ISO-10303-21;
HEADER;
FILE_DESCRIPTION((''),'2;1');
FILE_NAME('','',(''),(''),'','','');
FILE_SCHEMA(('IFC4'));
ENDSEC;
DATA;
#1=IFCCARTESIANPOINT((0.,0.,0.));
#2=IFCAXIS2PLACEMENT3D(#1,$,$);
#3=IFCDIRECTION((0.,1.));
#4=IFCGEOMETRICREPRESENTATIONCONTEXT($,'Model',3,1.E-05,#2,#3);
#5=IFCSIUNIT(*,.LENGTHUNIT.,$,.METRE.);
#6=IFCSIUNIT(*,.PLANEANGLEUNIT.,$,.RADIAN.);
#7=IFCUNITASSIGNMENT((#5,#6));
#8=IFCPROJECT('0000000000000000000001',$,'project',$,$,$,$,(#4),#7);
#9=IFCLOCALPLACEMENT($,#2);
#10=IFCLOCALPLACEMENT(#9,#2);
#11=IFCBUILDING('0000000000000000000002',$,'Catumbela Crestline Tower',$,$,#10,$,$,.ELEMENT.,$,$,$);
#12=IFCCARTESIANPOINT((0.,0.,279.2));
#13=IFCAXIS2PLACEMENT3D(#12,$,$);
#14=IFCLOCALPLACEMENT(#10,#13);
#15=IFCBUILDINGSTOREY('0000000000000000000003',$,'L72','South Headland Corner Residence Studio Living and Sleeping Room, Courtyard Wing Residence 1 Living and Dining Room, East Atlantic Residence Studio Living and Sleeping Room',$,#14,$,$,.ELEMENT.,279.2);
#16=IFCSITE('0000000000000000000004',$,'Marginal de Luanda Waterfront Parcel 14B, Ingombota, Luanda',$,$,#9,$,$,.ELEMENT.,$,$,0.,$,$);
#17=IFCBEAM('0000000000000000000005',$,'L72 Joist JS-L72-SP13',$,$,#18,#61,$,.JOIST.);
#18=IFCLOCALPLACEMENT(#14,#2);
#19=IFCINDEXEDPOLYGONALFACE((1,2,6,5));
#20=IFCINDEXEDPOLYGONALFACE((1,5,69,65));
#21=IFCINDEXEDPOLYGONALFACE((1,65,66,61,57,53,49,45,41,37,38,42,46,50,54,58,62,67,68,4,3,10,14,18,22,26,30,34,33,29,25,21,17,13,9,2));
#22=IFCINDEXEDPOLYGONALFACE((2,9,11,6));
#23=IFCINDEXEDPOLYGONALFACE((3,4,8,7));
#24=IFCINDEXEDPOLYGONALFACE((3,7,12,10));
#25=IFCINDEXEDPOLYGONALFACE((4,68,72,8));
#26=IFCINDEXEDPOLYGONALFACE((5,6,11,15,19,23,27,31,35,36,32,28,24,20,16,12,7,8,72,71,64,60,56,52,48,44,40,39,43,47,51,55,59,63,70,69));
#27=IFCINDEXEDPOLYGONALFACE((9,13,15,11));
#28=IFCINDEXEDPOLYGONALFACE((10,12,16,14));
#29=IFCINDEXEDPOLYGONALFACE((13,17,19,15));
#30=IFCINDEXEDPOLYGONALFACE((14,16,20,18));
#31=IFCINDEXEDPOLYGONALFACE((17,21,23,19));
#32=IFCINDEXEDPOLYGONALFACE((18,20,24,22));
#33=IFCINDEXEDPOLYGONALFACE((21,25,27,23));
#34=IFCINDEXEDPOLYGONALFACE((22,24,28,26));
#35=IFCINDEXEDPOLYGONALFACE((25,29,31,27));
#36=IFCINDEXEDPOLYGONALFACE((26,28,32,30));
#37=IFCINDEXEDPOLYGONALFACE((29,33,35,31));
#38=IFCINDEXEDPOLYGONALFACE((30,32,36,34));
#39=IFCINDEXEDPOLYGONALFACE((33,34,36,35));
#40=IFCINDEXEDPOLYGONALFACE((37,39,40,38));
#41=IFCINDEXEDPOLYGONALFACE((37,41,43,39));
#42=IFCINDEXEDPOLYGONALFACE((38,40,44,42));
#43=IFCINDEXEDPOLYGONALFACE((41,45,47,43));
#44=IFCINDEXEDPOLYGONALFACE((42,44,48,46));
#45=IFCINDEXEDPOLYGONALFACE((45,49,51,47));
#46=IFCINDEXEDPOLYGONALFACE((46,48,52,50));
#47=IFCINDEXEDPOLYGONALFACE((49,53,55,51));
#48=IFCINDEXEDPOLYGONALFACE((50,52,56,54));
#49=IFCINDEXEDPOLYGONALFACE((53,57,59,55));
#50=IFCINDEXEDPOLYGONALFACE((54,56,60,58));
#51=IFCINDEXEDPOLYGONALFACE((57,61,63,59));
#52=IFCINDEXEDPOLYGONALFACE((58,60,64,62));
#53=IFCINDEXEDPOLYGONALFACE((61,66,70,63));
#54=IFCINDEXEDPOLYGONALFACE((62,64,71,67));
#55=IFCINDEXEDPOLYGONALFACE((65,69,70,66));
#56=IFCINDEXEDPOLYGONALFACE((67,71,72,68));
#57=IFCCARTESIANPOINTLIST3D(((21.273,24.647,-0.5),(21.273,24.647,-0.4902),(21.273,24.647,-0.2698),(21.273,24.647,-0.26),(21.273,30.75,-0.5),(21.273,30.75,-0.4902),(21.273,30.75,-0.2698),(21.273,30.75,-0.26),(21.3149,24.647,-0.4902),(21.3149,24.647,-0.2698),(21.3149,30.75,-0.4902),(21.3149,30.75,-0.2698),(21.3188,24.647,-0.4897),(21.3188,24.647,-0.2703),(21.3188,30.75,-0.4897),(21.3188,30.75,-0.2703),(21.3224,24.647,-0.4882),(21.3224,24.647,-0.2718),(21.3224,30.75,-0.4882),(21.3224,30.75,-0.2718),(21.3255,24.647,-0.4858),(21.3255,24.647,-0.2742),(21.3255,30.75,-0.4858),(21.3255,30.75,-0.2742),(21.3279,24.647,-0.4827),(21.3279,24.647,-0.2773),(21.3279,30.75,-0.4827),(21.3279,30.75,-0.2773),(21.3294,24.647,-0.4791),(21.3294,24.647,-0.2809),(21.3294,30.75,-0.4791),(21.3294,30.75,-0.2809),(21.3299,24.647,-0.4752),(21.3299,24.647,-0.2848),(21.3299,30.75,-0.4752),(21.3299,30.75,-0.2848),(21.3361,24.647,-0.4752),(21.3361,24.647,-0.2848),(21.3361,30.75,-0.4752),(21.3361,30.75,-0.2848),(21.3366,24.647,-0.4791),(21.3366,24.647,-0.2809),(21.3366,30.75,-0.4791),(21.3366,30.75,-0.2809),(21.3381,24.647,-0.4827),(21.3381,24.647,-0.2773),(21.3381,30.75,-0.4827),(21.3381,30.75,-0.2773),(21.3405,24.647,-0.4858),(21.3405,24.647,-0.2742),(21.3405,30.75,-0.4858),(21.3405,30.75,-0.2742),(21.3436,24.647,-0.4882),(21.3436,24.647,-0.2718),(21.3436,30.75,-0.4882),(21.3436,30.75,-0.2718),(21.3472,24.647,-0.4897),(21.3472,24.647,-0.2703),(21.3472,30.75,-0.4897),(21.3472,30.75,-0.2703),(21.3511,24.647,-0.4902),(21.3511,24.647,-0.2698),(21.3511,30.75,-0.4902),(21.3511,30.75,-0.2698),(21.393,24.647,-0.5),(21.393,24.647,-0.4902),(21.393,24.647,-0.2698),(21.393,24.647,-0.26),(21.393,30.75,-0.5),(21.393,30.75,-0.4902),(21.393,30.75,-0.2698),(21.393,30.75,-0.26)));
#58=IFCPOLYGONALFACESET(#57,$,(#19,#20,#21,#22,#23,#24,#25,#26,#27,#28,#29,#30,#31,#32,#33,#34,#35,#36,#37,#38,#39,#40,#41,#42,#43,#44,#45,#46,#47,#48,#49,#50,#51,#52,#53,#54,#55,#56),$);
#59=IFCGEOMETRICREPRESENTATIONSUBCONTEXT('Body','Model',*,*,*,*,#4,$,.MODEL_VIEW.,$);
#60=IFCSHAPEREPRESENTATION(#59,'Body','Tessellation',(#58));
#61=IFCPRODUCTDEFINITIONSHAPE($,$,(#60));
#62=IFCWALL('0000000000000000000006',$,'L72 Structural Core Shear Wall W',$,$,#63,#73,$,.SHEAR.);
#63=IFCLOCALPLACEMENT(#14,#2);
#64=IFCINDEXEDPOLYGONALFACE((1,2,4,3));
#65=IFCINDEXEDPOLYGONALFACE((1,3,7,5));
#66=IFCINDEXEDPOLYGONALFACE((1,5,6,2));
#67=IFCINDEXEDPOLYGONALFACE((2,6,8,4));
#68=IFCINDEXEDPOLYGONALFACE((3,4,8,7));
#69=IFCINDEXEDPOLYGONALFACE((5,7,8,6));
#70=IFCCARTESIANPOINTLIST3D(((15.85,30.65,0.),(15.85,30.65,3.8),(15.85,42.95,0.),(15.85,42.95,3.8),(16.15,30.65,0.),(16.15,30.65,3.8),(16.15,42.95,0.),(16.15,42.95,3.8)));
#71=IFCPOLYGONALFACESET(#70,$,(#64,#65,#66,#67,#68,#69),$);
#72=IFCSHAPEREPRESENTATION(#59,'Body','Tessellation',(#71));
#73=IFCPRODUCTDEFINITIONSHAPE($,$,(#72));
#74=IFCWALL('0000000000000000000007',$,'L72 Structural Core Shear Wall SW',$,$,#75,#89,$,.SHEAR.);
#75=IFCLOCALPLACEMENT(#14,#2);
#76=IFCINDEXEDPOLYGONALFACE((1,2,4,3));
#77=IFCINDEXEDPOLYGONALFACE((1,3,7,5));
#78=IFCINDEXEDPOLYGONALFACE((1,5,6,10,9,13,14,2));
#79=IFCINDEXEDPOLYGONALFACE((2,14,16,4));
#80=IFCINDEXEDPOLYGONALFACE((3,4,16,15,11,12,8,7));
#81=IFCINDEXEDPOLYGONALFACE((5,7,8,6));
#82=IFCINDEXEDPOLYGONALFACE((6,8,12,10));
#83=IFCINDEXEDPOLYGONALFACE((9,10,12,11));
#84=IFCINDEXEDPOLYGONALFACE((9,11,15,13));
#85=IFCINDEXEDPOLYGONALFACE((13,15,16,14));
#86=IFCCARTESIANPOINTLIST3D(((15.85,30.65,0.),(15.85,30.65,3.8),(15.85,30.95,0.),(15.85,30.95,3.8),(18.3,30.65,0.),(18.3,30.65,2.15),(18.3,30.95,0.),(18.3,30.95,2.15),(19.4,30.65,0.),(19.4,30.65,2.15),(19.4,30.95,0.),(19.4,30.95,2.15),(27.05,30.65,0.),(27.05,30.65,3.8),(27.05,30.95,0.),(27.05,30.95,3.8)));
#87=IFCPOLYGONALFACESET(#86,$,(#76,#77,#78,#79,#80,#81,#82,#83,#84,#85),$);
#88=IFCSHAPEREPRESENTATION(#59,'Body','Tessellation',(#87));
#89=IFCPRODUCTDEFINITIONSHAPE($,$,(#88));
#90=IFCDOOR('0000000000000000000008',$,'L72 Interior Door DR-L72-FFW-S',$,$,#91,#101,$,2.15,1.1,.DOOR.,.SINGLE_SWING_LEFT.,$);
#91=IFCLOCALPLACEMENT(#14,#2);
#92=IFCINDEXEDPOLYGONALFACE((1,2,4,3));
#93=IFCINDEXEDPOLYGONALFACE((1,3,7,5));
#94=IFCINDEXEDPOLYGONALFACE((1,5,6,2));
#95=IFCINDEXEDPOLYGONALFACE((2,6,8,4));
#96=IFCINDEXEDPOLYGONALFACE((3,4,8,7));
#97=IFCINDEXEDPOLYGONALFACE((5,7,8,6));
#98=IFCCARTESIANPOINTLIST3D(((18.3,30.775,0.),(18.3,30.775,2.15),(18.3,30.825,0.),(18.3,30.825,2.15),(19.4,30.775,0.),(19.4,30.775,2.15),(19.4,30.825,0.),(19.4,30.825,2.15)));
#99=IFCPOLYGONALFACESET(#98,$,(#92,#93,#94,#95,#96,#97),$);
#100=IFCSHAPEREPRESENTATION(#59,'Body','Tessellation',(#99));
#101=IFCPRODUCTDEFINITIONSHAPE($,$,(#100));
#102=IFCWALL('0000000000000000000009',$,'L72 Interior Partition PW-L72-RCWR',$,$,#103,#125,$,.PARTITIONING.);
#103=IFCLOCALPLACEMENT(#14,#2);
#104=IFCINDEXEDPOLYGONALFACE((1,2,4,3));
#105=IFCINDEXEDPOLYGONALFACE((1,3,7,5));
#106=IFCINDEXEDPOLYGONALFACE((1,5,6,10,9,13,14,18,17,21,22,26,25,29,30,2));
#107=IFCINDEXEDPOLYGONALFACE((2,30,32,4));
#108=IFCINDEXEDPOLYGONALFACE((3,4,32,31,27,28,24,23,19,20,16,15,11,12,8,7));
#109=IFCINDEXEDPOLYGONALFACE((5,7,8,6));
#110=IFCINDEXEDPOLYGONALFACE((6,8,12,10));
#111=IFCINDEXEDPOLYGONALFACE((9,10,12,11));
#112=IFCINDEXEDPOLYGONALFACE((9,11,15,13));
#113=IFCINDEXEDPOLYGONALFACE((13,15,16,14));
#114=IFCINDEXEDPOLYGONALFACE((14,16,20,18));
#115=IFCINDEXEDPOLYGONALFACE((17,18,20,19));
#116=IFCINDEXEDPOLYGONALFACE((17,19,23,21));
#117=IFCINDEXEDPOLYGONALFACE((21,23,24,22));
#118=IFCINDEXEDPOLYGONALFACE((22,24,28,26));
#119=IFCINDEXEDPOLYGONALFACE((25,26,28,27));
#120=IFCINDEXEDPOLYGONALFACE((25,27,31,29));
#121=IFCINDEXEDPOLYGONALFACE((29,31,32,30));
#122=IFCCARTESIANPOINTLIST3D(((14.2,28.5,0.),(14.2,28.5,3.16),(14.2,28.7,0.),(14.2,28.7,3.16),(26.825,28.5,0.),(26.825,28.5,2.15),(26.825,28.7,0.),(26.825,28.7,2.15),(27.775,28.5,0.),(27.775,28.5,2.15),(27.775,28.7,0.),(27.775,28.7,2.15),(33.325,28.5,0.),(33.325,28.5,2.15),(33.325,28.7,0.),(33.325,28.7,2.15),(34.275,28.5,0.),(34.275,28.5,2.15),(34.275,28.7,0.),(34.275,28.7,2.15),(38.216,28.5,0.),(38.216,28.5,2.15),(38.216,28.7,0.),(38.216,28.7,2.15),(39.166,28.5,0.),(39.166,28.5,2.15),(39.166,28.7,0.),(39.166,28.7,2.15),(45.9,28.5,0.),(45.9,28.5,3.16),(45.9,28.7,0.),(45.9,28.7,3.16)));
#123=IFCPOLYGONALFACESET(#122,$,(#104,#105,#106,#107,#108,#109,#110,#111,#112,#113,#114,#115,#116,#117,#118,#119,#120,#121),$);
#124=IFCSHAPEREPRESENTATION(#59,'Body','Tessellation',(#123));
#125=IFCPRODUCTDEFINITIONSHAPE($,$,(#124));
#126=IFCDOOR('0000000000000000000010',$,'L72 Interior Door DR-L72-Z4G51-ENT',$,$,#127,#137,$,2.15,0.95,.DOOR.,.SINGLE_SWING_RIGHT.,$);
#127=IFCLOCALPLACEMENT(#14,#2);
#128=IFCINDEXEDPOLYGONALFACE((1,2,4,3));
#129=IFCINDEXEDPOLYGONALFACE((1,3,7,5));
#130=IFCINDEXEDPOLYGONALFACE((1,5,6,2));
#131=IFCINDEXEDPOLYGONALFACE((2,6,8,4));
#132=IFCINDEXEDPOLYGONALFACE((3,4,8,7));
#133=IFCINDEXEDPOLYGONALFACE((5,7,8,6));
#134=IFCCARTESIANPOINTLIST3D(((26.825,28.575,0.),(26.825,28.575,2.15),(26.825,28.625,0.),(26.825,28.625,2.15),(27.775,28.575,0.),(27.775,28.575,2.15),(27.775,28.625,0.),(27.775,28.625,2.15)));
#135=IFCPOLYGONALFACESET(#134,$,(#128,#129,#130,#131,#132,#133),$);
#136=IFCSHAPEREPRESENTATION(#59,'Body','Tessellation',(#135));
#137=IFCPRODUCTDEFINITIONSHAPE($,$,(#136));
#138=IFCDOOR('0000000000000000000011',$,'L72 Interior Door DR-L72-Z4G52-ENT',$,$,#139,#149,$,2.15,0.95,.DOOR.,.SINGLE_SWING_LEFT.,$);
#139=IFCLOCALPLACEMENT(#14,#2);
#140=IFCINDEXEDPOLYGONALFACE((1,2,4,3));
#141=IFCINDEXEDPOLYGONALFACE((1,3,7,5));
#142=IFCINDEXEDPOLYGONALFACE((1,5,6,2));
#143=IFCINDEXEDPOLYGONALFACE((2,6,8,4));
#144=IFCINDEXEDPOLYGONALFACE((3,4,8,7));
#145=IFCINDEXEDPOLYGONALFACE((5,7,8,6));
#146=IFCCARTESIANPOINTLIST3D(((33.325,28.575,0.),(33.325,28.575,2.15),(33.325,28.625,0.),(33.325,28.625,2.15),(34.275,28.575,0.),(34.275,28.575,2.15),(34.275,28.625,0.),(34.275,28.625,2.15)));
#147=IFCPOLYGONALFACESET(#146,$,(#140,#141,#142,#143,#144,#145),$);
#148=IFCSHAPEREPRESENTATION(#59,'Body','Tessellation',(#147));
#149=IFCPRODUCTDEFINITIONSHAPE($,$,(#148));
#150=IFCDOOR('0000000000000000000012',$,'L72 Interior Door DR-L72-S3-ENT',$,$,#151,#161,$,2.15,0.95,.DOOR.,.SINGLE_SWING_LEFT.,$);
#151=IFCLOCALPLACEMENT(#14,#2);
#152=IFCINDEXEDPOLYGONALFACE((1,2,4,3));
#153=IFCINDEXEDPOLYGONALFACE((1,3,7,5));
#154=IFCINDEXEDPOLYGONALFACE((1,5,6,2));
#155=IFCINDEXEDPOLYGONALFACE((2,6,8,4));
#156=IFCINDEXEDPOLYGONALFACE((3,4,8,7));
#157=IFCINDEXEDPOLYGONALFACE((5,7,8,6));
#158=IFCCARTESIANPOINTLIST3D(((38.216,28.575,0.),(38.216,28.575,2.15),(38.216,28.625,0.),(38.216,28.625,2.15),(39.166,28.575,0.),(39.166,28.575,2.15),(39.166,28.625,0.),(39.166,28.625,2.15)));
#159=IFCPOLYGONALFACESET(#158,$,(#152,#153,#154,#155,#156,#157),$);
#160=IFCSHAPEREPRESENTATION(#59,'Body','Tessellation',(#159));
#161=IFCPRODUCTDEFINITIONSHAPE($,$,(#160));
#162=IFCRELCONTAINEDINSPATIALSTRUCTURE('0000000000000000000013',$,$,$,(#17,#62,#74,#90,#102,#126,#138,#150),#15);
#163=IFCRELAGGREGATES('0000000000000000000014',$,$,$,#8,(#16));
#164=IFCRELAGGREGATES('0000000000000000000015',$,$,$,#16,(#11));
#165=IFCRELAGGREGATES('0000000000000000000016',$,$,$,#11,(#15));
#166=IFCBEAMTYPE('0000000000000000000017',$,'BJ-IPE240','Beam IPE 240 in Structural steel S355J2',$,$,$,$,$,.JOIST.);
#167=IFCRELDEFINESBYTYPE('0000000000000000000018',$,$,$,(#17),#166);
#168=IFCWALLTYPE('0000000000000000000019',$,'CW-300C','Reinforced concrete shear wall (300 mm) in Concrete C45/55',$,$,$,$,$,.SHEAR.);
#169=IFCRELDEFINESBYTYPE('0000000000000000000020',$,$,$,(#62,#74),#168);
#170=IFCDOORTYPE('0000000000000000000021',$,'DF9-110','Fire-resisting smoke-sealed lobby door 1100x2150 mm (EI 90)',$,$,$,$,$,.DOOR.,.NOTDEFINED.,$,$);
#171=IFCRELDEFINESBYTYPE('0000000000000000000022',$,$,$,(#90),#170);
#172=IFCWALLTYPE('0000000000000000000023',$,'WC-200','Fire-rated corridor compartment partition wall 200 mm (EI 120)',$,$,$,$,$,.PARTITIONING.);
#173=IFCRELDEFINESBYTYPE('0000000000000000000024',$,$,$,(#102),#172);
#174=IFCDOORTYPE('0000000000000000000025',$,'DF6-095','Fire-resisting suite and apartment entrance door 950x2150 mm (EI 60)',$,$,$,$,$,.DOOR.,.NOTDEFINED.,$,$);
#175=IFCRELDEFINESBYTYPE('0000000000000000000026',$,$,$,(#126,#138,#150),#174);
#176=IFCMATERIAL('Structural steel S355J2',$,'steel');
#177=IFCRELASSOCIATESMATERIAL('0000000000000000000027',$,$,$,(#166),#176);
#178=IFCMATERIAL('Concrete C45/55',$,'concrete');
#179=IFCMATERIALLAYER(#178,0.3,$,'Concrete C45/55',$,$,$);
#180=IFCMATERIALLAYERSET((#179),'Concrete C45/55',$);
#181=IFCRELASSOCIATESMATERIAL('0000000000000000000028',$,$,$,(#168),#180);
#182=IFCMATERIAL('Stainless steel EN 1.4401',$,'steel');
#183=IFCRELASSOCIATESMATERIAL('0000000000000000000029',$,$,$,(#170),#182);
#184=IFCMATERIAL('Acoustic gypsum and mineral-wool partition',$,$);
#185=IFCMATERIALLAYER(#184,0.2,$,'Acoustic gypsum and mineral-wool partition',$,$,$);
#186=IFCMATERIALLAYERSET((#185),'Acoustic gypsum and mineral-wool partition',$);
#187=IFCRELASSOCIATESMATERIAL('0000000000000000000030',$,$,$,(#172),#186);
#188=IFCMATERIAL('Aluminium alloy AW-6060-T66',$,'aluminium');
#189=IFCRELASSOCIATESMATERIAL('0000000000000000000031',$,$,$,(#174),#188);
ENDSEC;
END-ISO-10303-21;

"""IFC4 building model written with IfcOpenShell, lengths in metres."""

from ifc_helpers import new_model, si_unit, direction, frame, frame_2d, origin, origin_2d, place, context, subcontext, project, spatial, rectangle, i_section, extrude, material, layer, layer_set, material_profile, profile_set, type_object, element, fill, save


model = new_model("IFC4")

# Units and contexts
model_context = context("Model", 3, precision=1e-05, world=origin(), true_north=direction((0.0, 1.0)))
body_context = subcontext(model_context, "Body", "Model", "MODEL_VIEW")
ifc_project = project(units=[si_unit("LENGTHUNIT", "METRE"), si_unit("PLANEANGLEUNIT", "RADIAN")], contexts=[model_context])

# Site, building, storey
site_placement = place(None, origin())
site = spatial("IfcSite", under=ifc_project, at=site_placement, Name="Marginal de Luanda Waterfront Parcel 14B, Ingombota, Luanda", CompositionType="ELEMENT", RefElevation=0.0)
building_placement = place(site_placement, origin())
building = spatial("IfcBuilding", under=site, at=building_placement, Name="Catumbela Crestline Tower", CompositionType="ELEMENT")
storey_placement = place(building_placement, frame((0.0, 0.0, 279.2)))
storey = spatial("IfcBuildingStorey", under=building, at=storey_placement, Name="L72", Description="South Headland Corner Residence Studio Living and Sleeping Room, Courtyard Wing Residence 1 Living and Dining Room, East Atlantic Residence Studio Living and Sleeping Room", CompositionType="ELEMENT", Elevation=279.2)

# Shared definitions
ifc_material_1 = material(Name="Concrete C45/55", Category="concrete")

# Beam
ifc_material_2 = material(Name="Structural steel S355J2", Category="steel")
ifc_material_profile_1 = material_profile(ifc_material_2, i_section(OverallWidth=0.12, OverallDepth=0.24, WebThickness=0.0062, FlangeThickness=0.0098, FilletRadius=0.015, at=origin_2d()), Name="IPE 240")
ifc_profile_set_1 = profile_set([ifc_material_profile_1], Name="Structural steel S355J2")
beam_type_1 = type_object("IfcBeamType", Name="BJ-IPE240", Description="Beam IPE 240 in Structural steel S355J2", PredefinedType="JOIST", material=ifc_profile_set_1)
for number, where, z_axis, x_axis, name in (
    (1, (21.333, 24.647, -0.38), (0.0, 1.0, 0.0), (-1.0, 0.0, 0.0), "L72 Joist JS-L72-SP13"),
):
    element("IfcBeam", number, at=place(storey_placement, frame(where, z_axis=z_axis, x_axis=x_axis)), inside=storey, type_object=beam_type_1, Name=name, PredefinedType="JOIST", context=body_context, shape_type="SweptSolid", body=[
        extrude(i_section(OverallWidth=0.12, OverallDepth=0.24, WebThickness=0.0062, FlangeThickness=0.0098, FilletRadius=0.015, at=origin_2d()), origin(), (0.0, 0.0, 1.0), 6.103),
    ])

# Wall
ifc_layer_1 = layer(ifc_material_1, 0.3, Name="Concrete C45/55")
ifc_layer_set_1 = layer_set([ifc_layer_1], Name="Concrete C45/55")
wall_type_1 = type_object("IfcWallType", Name="CW-300C", Description="Reinforced concrete shear wall (300 mm) in Concrete C45/55", PredefinedType="SHEAR", material=ifc_layer_set_1)
wall_1_placement = place(storey_placement, frame((16.0, 30.65, 0.0), z_axis=(0.0, 0.0, 1.0), x_axis=(0.0, 1.0, 0.0)))
element("IfcWall", 2, at=wall_1_placement, inside=storey, type_object=wall_type_1, Name="L72 Structural Core Shear Wall W", PredefinedType="SHEAR", context=body_context, shape_type="SweptSolid", body=[
    extrude(rectangle(XDim=12.3, YDim=0.3, at=frame_2d((6.15, 0.0))), origin(), (0.0, 0.0, 1.0), 3.8),
])

# Wall, opening, door
wall_2_placement = place(storey_placement, frame((15.85, 30.8, 0.0), z_axis=(0.0, 0.0, 1.0), x_axis=(1.0, 0.0, 0.0)))
wall_2 = element("IfcWall", 3, at=wall_2_placement, inside=storey, type_object=wall_type_1, Name="L72 Structural Core Shear Wall SW", PredefinedType="SHEAR", context=body_context, shape_type="SweptSolid", body=[
    extrude(rectangle(XDim=11.2, YDim=0.3, at=frame_2d((5.6, 0.0))), origin(), (0.0, 0.0, 1.0), 3.8),
])
opening_1_placement = place(wall_2_placement, frame((2.45, 0.0, 0.0)))
opening_1 = element("IfcOpeningElement", 4, at=opening_1_placement, cuts=wall_2, PredefinedType="OPENING", context=body_context, shape_type="SweptSolid", body=[
    extrude(rectangle(XDim=1.1, YDim=2.15, at=frame_2d((0.55, 1.075))), frame((0.0, 0.16, 0.0), z_axis=(0.0, -1.0, 0.0), x_axis=(1.0, 0.0, 0.0)), (0.0, 0.0, 1.0), 0.32),
])
ifc_material_3 = material(Name="Stainless steel EN 1.4401", Category="steel")
door_type_1 = type_object("IfcDoorType", Name="DF9-110", Description="Fire-resisting smoke-sealed lobby door 1100x2150 mm (EI 90)", OperationType="NOTDEFINED", PredefinedType="DOOR", material=ifc_material_3)
door_1_placement = place(opening_1_placement, origin())
door_1 = element("IfcDoor", 5, at=door_1_placement, inside=storey, type_object=door_type_1, Name="L72 Interior Door DR-L72-FFW-S", OperationType="SINGLE_SWING_LEFT", OverallHeight=2.15, OverallWidth=1.1, PredefinedType="DOOR", context=body_context, shape_type="SweptSolid", body=[
    extrude(rectangle(XDim=1.1, YDim=2.15, at=frame_2d((0.55, 1.075))), frame((0.0, 0.025, 0.0), z_axis=(0.0, -1.0, 0.0), x_axis=(1.0, 0.0, 0.0)), (0.0, 0.0, 1.0), 0.05),
])
fill(opening_1, door_1)

# Wall, openings, doors
ifc_material_4 = material(Name="Acoustic gypsum and mineral-wool partition")
ifc_layer_2 = layer(ifc_material_4, 0.2, Name="Acoustic gypsum and mineral-wool partition")
ifc_layer_set_2 = layer_set([ifc_layer_2], Name="Acoustic gypsum and mineral-wool partition")
wall_type_2 = type_object("IfcWallType", Name="WC-200", Description="Fire-rated corridor compartment partition wall 200 mm (EI 120)", PredefinedType="PARTITIONING", material=ifc_layer_set_2)
wall_3_placement = place(storey_placement, frame((14.2, 28.6, 0.0), z_axis=(0.0, 0.0, 1.0), x_axis=(1.0, 0.0, 0.0)))
wall_3 = element("IfcWall", 6, at=wall_3_placement, inside=storey, type_object=wall_type_2, Name="L72 Interior Partition PW-L72-RCWR", PredefinedType="PARTITIONING", context=body_context, shape_type="SweptSolid", body=[
    extrude(rectangle(XDim=31.7, YDim=0.2, at=frame_2d((15.85, 0.0))), origin(), (0.0, 0.0, 1.0), 3.16),
])
opening_2_placement = place(wall_3_placement, frame((12.625, 0.0, 0.0)))
opening_2 = element("IfcOpeningElement", 7, at=opening_2_placement, cuts=wall_3, PredefinedType="OPENING", context=body_context, shape_type="SweptSolid", body=[
    extrude(rectangle(XDim=0.95, YDim=2.15, at=frame_2d((0.475, 1.075))), frame((0.0, 0.11, 0.0), z_axis=(0.0, -1.0, 0.0), x_axis=(1.0, 0.0, 0.0)), (0.0, 0.0, 1.0), 0.22),
])
opening_3_placement = place(wall_3_placement, frame((19.125, 0.0, 0.0)))
opening_3 = element("IfcOpeningElement", 8, at=opening_3_placement, cuts=wall_3, PredefinedType="OPENING", context=body_context, shape_type="SweptSolid", body=[
    extrude(rectangle(XDim=0.95, YDim=2.15, at=frame_2d((0.475, 1.075))), frame((0.0, 0.11, 0.0), z_axis=(0.0, -1.0, 0.0), x_axis=(1.0, 0.0, 0.0)), (0.0, 0.0, 1.0), 0.22),
])
opening_4_placement = place(wall_3_placement, frame((24.016, 0.0, 0.0)))
opening_4 = element("IfcOpeningElement", 9, at=opening_4_placement, cuts=wall_3, PredefinedType="OPENING", context=body_context, shape_type="SweptSolid", body=[
    extrude(rectangle(XDim=0.95, YDim=2.15, at=frame_2d((0.475, 1.075))), frame((0.0, 0.11, 0.0), z_axis=(0.0, -1.0, 0.0), x_axis=(1.0, 0.0, 0.0)), (0.0, 0.0, 1.0), 0.22),
])
ifc_material_5 = material(Name="Aluminium alloy AW-6060-T66", Category="aluminium")
door_type_2 = type_object("IfcDoorType", Name="DF6-095", Description="Fire-resisting suite and apartment entrance door 950x2150 mm (EI 60)", OperationType="NOTDEFINED", PredefinedType="DOOR", material=ifc_material_5)
door_2_placement = place(opening_2_placement, origin())
door_2 = element("IfcDoor", 10, at=door_2_placement, inside=storey, type_object=door_type_2, Name="L72 Interior Door DR-L72-Z4G51-ENT", OperationType="SINGLE_SWING_RIGHT", OverallHeight=2.15, OverallWidth=0.95, PredefinedType="DOOR", context=body_context, shape_type="SweptSolid", body=[
    extrude(rectangle(XDim=0.95, YDim=2.15, at=frame_2d((0.475, 1.075))), frame((0.0, 0.025, 0.0), z_axis=(0.0, -1.0, 0.0), x_axis=(1.0, 0.0, 0.0)), (0.0, 0.0, 1.0), 0.05),
])
fill(opening_2, door_2)
door_3_placement = place(opening_3_placement, origin())
door_3 = element("IfcDoor", 11, at=door_3_placement, inside=storey, type_object=door_type_2, Name="L72 Interior Door DR-L72-Z4G52-ENT", OperationType="SINGLE_SWING_LEFT", OverallHeight=2.15, OverallWidth=0.95, PredefinedType="DOOR", context=body_context, shape_type="SweptSolid", body=[
    extrude(rectangle(XDim=0.95, YDim=2.15, at=frame_2d((0.475, 1.075))), frame((0.0, 0.025, 0.0), z_axis=(0.0, -1.0, 0.0), x_axis=(1.0, 0.0, 0.0)), (0.0, 0.0, 1.0), 0.05),
])
fill(opening_3, door_3)
door_4_placement = place(opening_4_placement, origin())
door_4 = element("IfcDoor", 12, at=door_4_placement, inside=storey, type_object=door_type_2, Name="L72 Interior Door DR-L72-S3-ENT", OperationType="SINGLE_SWING_LEFT", OverallHeight=2.15, OverallWidth=0.95, PredefinedType="DOOR", context=body_context, shape_type="SweptSolid", body=[
    extrude(rectangle(XDim=0.95, YDim=2.15, at=frame_2d((0.475, 1.075))), frame((0.0, 0.025, 0.0), z_axis=(0.0, -1.0, 0.0), x_axis=(1.0, 0.0, 0.0)), (0.0, 0.0, 1.0), 0.05),
])
fill(opening_4, door_4)

save(model, "model.ifc")
